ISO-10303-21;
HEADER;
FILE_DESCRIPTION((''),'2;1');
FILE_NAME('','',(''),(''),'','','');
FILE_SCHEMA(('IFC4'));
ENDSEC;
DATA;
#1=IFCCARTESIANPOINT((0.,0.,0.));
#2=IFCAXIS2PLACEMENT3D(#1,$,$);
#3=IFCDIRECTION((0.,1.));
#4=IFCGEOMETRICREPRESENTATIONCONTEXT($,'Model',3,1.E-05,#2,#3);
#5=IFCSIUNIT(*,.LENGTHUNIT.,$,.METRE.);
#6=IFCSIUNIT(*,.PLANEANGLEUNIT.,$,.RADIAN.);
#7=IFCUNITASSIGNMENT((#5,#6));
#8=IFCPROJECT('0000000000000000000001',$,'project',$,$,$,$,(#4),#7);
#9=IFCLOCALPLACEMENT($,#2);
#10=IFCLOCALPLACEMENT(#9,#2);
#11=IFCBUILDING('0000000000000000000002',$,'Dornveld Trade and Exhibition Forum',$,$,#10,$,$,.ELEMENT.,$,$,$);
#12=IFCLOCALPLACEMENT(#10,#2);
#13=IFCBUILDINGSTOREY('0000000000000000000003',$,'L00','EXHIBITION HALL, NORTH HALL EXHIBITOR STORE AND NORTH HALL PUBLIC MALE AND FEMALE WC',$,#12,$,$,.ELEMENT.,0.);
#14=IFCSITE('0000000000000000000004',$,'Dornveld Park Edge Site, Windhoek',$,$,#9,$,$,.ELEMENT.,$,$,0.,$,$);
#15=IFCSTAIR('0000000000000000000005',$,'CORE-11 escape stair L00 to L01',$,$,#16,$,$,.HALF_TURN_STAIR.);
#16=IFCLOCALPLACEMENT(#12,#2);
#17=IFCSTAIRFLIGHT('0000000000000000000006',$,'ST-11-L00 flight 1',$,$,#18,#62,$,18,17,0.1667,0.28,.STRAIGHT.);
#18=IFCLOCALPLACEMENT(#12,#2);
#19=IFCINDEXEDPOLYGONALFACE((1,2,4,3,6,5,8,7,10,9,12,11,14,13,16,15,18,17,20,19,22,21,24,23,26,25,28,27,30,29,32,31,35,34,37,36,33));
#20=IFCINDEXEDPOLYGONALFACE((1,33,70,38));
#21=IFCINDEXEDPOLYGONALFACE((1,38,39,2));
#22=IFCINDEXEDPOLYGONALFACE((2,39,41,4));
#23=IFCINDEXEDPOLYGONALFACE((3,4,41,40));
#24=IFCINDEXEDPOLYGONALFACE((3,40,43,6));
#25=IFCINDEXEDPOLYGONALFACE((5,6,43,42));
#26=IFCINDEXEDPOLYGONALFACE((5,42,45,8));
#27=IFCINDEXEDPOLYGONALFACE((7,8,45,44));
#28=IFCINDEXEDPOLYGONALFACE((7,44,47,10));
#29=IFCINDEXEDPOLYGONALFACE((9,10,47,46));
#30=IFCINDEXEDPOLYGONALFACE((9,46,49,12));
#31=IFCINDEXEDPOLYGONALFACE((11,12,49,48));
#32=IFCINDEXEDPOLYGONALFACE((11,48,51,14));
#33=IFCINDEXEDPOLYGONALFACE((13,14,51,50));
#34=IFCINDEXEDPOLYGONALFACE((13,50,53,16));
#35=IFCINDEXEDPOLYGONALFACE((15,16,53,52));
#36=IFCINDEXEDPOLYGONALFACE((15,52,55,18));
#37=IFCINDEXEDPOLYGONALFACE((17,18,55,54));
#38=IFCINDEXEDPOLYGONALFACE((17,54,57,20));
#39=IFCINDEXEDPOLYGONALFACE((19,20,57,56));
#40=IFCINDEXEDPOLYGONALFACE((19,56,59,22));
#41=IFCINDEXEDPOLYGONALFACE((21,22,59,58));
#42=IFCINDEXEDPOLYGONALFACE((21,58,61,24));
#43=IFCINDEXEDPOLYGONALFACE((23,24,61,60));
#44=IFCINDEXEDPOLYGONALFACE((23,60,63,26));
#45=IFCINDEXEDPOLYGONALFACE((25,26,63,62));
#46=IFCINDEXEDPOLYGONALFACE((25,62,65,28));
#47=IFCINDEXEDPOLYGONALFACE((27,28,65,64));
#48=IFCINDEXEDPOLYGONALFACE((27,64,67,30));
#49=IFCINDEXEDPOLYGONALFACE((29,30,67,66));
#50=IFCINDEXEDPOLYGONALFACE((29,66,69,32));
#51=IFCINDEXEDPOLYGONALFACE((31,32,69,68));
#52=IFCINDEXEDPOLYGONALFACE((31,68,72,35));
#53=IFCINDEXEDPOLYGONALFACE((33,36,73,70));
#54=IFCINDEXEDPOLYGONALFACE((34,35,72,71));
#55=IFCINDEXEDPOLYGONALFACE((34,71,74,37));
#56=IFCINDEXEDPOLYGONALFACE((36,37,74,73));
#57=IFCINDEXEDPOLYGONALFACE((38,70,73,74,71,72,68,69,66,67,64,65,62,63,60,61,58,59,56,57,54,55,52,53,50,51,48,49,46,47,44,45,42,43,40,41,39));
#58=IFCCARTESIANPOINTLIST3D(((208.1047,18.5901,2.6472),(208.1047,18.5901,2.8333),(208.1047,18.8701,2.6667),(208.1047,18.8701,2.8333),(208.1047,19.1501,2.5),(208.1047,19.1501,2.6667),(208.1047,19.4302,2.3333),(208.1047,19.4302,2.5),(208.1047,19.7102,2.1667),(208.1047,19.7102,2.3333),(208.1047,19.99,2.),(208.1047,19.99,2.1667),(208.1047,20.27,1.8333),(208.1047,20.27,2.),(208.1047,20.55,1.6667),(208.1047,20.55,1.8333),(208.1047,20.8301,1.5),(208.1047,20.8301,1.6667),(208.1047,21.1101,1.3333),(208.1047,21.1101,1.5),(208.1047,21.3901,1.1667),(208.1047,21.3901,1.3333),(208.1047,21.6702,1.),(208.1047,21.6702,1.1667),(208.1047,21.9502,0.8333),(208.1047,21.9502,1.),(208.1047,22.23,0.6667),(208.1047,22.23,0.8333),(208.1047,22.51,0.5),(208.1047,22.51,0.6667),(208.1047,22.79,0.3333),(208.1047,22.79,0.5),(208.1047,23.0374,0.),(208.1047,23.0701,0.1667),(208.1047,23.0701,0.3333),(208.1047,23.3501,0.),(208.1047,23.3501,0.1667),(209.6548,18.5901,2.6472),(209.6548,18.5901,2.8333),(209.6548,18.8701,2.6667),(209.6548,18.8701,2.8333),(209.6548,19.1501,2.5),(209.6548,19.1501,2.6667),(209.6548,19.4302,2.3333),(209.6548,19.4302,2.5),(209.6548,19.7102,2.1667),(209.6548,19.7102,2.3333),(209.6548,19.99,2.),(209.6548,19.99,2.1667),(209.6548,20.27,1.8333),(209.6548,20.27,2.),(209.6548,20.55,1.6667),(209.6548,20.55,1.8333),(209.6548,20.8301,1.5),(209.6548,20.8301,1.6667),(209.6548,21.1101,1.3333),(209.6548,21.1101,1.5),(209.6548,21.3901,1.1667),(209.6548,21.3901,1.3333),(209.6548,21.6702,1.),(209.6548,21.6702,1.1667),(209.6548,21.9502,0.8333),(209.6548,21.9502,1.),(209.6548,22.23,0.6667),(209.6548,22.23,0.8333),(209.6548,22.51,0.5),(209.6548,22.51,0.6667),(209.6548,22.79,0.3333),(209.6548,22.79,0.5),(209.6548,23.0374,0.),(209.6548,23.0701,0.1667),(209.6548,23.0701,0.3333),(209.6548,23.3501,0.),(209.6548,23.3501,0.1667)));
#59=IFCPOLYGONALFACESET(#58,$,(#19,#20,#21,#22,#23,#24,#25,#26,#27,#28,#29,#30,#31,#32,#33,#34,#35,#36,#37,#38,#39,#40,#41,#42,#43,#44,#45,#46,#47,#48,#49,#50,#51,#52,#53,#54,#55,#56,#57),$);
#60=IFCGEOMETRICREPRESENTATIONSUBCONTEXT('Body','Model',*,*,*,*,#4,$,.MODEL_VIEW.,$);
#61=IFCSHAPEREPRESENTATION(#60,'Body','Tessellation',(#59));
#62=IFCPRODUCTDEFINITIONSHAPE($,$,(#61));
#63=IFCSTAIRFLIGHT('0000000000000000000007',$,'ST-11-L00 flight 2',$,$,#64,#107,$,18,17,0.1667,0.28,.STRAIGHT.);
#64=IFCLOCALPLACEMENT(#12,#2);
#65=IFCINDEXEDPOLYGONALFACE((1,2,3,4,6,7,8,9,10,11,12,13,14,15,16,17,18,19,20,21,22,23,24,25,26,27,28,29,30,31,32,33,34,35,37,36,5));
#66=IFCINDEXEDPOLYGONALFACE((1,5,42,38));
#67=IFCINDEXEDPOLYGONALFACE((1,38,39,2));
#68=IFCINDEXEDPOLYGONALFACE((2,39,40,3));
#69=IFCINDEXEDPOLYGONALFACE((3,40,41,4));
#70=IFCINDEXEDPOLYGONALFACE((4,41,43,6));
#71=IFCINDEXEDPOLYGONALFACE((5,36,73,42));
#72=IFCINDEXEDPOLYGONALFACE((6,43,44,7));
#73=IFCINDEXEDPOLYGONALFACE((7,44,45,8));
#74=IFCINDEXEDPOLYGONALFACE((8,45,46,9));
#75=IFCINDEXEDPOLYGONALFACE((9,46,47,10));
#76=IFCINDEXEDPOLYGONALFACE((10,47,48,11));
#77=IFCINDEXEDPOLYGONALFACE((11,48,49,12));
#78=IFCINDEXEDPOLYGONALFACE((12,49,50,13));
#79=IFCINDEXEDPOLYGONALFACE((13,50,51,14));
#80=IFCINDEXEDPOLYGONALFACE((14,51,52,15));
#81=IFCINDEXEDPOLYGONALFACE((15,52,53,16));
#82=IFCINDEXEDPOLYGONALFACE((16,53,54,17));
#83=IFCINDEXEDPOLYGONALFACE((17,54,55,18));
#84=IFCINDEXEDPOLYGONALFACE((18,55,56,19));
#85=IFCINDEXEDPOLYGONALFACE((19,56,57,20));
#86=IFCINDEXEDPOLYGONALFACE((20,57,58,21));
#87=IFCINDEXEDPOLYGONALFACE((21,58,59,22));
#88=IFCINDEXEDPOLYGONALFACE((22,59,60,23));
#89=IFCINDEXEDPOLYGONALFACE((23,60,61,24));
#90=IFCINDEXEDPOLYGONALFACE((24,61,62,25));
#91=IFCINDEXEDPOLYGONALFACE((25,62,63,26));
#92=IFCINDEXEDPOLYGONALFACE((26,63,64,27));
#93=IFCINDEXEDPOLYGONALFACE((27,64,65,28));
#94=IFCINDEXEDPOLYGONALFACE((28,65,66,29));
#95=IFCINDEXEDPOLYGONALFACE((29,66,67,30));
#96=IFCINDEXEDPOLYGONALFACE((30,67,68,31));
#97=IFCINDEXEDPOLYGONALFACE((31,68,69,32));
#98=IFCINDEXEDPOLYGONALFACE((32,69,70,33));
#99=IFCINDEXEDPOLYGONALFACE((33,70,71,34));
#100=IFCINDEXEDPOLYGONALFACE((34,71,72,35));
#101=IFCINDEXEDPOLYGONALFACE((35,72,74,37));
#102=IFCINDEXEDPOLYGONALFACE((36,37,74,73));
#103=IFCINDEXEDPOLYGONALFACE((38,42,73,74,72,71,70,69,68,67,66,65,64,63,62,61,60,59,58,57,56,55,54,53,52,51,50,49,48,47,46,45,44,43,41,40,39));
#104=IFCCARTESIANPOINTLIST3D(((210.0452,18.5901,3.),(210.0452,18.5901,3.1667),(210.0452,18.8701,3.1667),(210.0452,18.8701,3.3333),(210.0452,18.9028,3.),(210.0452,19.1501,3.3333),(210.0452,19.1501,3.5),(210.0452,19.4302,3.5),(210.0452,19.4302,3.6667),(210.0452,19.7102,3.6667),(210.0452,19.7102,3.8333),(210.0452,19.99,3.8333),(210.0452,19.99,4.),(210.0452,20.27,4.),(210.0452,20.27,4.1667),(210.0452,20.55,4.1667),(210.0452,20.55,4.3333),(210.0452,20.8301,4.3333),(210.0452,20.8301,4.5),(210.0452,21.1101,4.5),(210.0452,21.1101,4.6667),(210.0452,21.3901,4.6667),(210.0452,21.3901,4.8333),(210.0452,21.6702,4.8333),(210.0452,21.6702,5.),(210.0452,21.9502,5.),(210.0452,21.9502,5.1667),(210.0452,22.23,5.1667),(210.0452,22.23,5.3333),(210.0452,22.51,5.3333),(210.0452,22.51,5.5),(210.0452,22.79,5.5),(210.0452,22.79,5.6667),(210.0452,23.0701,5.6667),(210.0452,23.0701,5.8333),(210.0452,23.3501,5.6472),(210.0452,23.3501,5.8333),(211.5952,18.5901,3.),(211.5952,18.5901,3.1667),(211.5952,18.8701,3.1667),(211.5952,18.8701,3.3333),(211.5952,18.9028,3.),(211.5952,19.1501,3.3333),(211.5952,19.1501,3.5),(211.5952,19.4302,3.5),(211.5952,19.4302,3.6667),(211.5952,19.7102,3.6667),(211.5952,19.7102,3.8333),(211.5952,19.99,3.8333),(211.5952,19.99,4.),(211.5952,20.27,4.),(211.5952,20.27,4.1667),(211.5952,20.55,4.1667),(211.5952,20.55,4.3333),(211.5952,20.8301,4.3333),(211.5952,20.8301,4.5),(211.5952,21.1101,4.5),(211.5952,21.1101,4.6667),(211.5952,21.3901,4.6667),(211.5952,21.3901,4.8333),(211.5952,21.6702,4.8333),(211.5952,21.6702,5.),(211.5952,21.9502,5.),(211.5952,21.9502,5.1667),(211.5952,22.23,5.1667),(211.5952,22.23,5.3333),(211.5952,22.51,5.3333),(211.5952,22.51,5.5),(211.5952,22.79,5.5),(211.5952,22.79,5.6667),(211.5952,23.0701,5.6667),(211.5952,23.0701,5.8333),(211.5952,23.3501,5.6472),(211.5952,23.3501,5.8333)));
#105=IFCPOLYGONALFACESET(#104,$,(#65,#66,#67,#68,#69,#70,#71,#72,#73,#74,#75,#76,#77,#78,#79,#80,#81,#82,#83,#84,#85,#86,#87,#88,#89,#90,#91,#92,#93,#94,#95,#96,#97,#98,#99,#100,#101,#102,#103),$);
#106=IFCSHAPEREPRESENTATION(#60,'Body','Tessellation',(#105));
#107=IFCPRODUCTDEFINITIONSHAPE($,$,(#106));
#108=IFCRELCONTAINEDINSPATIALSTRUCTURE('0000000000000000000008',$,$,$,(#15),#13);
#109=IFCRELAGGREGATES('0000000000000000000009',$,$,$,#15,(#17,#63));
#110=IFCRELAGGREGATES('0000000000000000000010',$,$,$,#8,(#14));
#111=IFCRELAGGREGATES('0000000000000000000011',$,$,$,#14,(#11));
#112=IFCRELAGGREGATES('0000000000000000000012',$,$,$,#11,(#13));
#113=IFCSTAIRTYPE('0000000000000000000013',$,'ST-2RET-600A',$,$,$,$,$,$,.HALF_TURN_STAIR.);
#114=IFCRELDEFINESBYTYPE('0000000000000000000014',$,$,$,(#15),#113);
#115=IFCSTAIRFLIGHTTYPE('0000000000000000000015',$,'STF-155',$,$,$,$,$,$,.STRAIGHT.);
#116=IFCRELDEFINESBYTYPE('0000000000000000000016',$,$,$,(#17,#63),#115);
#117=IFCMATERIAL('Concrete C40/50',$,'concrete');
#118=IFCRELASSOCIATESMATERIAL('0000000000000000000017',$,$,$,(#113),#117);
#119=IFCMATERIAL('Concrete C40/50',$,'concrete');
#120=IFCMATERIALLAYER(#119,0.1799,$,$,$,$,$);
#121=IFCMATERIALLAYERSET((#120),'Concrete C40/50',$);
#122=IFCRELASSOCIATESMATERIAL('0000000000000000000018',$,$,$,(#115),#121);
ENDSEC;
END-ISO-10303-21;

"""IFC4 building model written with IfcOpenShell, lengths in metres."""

from ifc_helpers import new_model, si_unit, direction, frame, origin, place, context, subcontext, project, spatial, polyline, outline, extrude, material, layer, layer_set, type_object, element, aggregate, save


model = new_model("IFC4")

# Units and contexts
model_context = context("Model", 3, precision=1e-05, world=origin(), true_north=direction((0.0, 1.0)))
body_context = subcontext(model_context, "Body", "Model", "MODEL_VIEW")
ifc_project = project(units=[si_unit("LENGTHUNIT", "METRE"), si_unit("PLANEANGLEUNIT", "RADIAN")], contexts=[model_context])

# Site, building, storey
site_placement = place(None, origin())
site = spatial("IfcSite", under=ifc_project, at=site_placement, Name="Dornveld Park Edge Site, Windhoek", CompositionType="ELEMENT", RefElevation=0.0)
building_placement = place(site_placement, origin())
building = spatial("IfcBuilding", under=site, at=building_placement, Name="Dornveld Trade and Exhibition Forum", CompositionType="ELEMENT")
storey_placement = place(building_placement, origin())
storey = spatial("IfcBuildingStorey", under=building, at=storey_placement, Name="L00", Description="EXHIBITION HALL, NORTH HALL EXHIBITOR STORE AND NORTH HALL PUBLIC MALE AND FEMALE WC", CompositionType="ELEMENT", Elevation=0.0)

# Stair, stair flights
ifc_material_1 = material(Name="Concrete C40/50", Category="concrete")
stair_type = type_object("IfcStairType", Name="ST-2RET-600A", PredefinedType="HALF_TURN_STAIR", material=ifc_material_1)
stair_placement = place(storey_placement, origin())
stair = element("IfcStair", 1, at=stair_placement, inside=storey, type_object=stair_type, Name="CORE-11 escape stair L00 to L01", PredefinedType="HALF_TURN_STAIR")
ifc_material_2 = material(Name="Concrete C40/50", Category="concrete")
ifc_layer_1 = layer(ifc_material_2, 0.1799)
ifc_layer_set_1 = layer_set([ifc_layer_1], Name="Concrete C40/50")
stair_flight_type = type_object("IfcStairFlightType", Name="STF-155", PredefinedType="STRAIGHT", material=ifc_layer_set_1)
stair_flight_1_placement = place(storey_placement, frame((208.8799, 23.3501, 0.0), z_axis=(0.0, 0.0, 1.0), x_axis=(0.0, -1.0, 0.0)))
stair_flight_1 = element("IfcStairFlight", 2, at=stair_flight_1_placement, type_object=stair_flight_type, Name="ST-11-L00 flight 1", NumberOfRisers=18, NumberOfTreads=17, PredefinedType="STRAIGHT", RiserHeight=0.1667, TreadLength=0.28, context=body_context, shape_type="SweptSolid", body=[
    extrude(outline(polyline([(0.0, 0.0), (0.0, 0.1667), (0.28, 0.1667), (0.28, 0.3333), (0.5601, 0.3333), (0.5601, 0.5), (0.8401, 0.5), (0.8401, 0.6667), (1.1201, 0.6667), (1.1201, 0.8333), (1.3999, 0.8333), (1.3999, 1.0), (1.6799, 1.0), (1.6799, 1.1667), (1.96, 1.1667), (1.96, 1.3333), (2.24, 1.3333), (2.24, 1.5), (2.52, 1.5), (2.52, 1.6667), (2.8, 1.6667), (2.8, 1.8333), (3.0801, 1.8333), (3.0801, 2.0), (3.3601, 2.0), (3.3601, 2.1667), (3.6399, 2.1667), (3.6399, 2.3333), (3.9199, 2.3333), (3.9199, 2.5), (4.2, 2.5), (4.2, 2.6667), (4.48, 2.6667), (4.48, 2.8333), (4.76, 2.8333), (4.76, 3.0), (4.76, 2.6472), (0.3127, 0.0), (0.0, 0.0)])), frame((0.0, 0.7749, 0.0), z_axis=(0.0, -1.0, 0.0), x_axis=(1.0, 0.0, 0.0)), (0.0, 0.0, 1.0), 1.55),
])
stair_flight_2_placement = place(storey_placement, frame((210.8201, 18.5901, 3.0), z_axis=(0.0, 0.0, 1.0), x_axis=(0.0, 1.0, 0.0)))
stair_flight_2 = element("IfcStairFlight", 3, at=stair_flight_2_placement, type_object=stair_flight_type, Name="ST-11-L00 flight 2", NumberOfRisers=18, NumberOfTreads=17, PredefinedType="STRAIGHT", RiserHeight=0.1667, TreadLength=0.28, context=body_context, shape_type="SweptSolid", body=[
    extrude(outline(polyline([(0.0, 0.0), (0.0, 0.1667), (0.28, 0.1667), (0.28, 0.3333), (0.5601, 0.3333), (0.5601, 0.5), (0.8401, 0.5), (0.8401, 0.6667), (1.1201, 0.6667), (1.1201, 0.8333), (1.3999, 0.8333), (1.3999, 1.0), (1.6799, 1.0), (1.6799, 1.1667), (1.96, 1.1667), (1.96, 1.3333), (2.24, 1.3333), (2.24, 1.5), (2.52, 1.5), (2.52, 1.6667), (2.8, 1.6667), (2.8, 1.8333), (3.0801, 1.8333), (3.0801, 2.0), (3.3601, 2.0), (3.3601, 2.1667), (3.6399, 2.1667), (3.6399, 2.3333), (3.9199, 2.3333), (3.9199, 2.5), (4.2, 2.5), (4.2, 2.6667), (4.48, 2.6667), (4.48, 2.8333), (4.76, 2.8333), (4.76, 3.0), (4.76, 2.6472), (0.3127, 0.0), (0.0, 0.0)])), frame((0.0, 0.7749, 0.0), z_axis=(0.0, -1.0, 0.0), x_axis=(1.0, 0.0, 0.0)), (0.0, 0.0, 1.0), 1.55),
])
aggregate(stair, [stair_flight_1, stair_flight_2])

save(model, "model.ifc")
